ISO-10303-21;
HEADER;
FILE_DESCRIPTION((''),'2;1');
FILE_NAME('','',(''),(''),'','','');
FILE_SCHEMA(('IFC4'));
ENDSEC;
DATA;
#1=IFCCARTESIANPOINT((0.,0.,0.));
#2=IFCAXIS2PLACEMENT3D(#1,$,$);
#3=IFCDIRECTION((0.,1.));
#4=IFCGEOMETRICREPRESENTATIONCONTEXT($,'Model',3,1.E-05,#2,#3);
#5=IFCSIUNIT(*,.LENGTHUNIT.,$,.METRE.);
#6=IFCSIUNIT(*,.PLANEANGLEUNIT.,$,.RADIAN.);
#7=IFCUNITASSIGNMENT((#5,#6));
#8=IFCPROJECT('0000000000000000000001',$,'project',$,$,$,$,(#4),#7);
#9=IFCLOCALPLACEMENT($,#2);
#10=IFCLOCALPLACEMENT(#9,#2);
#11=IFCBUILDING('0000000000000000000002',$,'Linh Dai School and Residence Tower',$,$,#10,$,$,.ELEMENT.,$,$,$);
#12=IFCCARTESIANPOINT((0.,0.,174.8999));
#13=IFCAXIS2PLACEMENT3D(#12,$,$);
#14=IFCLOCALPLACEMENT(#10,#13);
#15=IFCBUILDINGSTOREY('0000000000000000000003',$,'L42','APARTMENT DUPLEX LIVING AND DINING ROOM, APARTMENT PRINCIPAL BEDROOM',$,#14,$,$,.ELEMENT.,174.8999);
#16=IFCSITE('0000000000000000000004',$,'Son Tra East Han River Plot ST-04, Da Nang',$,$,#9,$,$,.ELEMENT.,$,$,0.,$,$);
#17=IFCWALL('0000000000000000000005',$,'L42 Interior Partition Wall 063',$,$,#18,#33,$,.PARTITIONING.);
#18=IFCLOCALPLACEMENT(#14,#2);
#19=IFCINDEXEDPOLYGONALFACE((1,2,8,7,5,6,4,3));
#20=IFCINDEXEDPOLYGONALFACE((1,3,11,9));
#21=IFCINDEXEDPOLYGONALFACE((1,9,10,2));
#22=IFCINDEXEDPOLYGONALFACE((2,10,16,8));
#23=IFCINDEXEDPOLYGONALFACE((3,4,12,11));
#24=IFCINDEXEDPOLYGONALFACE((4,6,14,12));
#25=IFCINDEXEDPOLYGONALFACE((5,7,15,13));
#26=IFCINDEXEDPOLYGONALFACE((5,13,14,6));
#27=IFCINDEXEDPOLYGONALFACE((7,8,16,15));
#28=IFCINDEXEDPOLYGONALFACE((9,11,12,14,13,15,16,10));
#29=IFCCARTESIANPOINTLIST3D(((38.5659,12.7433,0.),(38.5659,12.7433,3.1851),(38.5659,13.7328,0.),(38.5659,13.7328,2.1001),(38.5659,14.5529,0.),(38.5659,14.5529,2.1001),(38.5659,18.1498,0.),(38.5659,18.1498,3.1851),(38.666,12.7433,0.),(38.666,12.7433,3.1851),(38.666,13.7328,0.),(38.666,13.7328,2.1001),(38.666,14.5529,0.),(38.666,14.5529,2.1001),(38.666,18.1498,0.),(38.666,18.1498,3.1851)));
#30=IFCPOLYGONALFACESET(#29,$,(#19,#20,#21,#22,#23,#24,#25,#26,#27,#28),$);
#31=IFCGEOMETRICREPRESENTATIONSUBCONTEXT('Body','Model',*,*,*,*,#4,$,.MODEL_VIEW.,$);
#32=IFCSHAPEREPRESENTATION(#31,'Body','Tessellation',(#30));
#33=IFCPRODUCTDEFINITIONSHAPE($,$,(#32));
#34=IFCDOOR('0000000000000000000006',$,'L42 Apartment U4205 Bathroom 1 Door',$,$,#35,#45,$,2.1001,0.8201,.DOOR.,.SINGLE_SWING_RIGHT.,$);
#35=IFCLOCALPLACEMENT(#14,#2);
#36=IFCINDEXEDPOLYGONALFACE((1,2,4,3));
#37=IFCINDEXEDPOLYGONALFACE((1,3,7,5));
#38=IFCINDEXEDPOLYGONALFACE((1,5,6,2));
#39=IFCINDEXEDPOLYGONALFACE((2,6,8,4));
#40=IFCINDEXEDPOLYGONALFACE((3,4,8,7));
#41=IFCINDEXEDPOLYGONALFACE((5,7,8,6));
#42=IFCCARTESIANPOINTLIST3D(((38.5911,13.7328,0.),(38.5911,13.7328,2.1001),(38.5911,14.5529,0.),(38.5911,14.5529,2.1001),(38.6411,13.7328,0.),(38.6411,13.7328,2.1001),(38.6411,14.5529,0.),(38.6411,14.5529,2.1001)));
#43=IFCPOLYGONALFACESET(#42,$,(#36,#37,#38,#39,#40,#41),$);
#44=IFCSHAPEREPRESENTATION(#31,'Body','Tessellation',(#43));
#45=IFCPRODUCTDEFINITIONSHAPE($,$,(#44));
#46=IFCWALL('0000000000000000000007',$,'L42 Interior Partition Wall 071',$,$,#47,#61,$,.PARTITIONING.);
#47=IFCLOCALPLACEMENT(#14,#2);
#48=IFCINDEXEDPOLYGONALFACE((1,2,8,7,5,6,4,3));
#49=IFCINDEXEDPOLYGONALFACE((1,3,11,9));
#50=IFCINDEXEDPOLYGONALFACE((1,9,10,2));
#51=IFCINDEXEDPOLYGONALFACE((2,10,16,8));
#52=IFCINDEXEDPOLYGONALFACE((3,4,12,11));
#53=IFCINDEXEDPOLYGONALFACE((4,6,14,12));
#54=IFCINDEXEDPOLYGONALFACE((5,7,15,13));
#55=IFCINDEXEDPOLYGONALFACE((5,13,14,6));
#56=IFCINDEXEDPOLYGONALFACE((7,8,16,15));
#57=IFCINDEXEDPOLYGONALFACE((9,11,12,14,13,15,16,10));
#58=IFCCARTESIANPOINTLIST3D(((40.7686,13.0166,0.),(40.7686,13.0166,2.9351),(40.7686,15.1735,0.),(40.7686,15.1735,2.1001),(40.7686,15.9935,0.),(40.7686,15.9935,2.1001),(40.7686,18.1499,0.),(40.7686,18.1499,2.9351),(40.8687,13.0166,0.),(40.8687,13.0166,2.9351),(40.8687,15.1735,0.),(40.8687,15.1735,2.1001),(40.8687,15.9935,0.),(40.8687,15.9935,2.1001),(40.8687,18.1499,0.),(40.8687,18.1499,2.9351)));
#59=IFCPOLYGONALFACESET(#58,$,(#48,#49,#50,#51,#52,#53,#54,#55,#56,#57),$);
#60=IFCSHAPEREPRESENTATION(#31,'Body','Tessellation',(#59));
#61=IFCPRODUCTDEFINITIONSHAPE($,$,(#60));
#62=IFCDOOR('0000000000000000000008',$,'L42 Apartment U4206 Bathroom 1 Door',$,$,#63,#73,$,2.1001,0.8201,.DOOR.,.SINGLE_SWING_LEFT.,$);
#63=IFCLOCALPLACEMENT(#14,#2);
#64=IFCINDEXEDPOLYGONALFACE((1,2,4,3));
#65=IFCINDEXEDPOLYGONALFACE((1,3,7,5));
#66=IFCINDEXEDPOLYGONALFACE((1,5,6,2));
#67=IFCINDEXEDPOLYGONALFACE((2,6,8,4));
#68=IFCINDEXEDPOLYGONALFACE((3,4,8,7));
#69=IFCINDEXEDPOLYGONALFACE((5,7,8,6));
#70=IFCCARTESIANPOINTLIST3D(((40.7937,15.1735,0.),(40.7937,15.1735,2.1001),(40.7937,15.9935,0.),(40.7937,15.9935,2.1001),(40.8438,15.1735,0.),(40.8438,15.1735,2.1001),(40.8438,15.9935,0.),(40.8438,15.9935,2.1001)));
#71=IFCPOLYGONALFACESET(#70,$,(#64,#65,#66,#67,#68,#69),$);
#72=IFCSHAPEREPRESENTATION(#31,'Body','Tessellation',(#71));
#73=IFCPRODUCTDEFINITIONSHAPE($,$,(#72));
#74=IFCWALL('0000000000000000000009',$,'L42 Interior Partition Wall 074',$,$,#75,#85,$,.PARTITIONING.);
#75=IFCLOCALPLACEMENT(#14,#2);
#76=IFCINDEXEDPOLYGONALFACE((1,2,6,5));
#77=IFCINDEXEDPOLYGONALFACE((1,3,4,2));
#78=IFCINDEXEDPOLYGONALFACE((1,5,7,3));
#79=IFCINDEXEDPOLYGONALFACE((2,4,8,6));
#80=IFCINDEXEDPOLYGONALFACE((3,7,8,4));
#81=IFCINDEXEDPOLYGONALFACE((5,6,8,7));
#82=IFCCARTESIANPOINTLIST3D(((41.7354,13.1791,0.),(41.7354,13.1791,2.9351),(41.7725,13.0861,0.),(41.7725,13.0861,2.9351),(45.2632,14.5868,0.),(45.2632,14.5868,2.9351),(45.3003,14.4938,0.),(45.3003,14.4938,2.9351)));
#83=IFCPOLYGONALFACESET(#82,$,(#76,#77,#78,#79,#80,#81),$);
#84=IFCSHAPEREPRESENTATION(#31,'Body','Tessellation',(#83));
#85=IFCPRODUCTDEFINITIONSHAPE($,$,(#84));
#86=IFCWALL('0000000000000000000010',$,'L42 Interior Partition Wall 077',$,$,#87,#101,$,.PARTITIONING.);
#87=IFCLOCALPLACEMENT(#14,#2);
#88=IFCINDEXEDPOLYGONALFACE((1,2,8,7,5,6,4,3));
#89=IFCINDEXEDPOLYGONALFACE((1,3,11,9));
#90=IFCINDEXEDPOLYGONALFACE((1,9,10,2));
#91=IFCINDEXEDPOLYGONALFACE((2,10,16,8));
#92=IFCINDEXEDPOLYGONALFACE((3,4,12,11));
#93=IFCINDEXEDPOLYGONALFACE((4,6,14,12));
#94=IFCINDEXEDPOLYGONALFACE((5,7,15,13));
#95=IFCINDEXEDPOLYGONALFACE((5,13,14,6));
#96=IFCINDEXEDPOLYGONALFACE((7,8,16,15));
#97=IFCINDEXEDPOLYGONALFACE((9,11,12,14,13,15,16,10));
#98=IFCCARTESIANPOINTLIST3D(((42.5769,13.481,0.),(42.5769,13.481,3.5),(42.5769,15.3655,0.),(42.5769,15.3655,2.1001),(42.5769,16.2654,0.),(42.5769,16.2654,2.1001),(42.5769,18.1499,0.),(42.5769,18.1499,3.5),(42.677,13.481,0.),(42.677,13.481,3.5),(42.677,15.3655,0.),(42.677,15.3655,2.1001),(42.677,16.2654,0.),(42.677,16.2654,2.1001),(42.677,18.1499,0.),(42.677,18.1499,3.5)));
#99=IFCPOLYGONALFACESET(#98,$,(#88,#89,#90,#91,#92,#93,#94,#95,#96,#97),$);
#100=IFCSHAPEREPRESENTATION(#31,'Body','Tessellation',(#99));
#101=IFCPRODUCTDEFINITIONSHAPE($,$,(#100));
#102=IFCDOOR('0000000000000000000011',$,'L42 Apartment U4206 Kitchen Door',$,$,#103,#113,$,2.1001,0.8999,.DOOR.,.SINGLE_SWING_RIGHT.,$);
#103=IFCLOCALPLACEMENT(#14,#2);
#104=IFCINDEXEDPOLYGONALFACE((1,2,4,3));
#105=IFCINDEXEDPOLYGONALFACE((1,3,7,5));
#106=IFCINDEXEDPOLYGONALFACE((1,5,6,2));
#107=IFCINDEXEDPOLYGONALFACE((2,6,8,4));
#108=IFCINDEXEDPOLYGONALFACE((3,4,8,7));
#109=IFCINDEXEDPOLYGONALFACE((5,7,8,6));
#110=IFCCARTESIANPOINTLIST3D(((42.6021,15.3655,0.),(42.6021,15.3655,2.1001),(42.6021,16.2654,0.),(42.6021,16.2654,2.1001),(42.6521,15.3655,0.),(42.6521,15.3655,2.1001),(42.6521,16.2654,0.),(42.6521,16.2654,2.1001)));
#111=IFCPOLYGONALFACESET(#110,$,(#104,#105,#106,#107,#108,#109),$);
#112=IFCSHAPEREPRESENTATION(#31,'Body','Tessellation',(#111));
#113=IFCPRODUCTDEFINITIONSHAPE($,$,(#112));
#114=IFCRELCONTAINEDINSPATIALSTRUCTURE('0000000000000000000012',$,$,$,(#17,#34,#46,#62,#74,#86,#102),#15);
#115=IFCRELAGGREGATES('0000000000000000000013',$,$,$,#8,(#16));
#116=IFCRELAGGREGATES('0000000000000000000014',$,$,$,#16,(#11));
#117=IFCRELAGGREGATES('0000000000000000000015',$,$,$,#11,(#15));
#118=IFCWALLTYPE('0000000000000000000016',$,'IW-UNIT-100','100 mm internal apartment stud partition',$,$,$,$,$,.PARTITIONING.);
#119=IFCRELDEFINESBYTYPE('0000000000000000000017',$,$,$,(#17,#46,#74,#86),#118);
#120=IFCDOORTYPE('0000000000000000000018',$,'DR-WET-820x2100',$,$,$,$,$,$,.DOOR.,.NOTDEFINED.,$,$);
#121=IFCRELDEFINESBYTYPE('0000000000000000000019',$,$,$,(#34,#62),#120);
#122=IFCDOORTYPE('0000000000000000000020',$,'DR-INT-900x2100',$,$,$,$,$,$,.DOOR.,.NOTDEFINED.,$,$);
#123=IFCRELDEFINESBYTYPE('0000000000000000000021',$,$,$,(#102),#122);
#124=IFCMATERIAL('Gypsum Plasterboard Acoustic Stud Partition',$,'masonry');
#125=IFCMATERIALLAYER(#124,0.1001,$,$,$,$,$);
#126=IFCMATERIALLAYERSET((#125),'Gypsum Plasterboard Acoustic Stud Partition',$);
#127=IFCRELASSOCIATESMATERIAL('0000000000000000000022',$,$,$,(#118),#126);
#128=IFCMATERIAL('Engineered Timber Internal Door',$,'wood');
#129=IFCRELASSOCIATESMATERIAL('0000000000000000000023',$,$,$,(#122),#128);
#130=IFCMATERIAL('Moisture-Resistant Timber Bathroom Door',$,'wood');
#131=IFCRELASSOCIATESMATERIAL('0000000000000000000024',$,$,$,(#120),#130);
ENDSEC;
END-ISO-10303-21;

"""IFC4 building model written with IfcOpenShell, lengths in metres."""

from ifc_helpers import new_model, si_unit, direction, frame, frame_2d, origin, origin_2d, place, context, subcontext, project, spatial, rectangle, extrude, source, transform, mapped, material, layer, layer_set, type_object, element, fill, save


model = new_model("IFC4")

# Units and contexts
model_context = context("Model", 3, precision=1e-05, world=origin(), true_north=direction((0.0, 1.0)))
body_context = subcontext(model_context, "Body", "Model", "MODEL_VIEW")
ifc_project = project(units=[si_unit("LENGTHUNIT", "METRE"), si_unit("PLANEANGLEUNIT", "RADIAN")], contexts=[model_context])

# Site, building, storey
site_placement = place(None, origin())
site = spatial("IfcSite", under=ifc_project, at=site_placement, Name="Son Tra East Han River Plot ST-04, Da Nang", CompositionType="ELEMENT", RefElevation=0.0)
building_placement = place(site_placement, origin())
building = spatial("IfcBuilding", under=site, at=building_placement, Name="Linh Dai School and Residence Tower", CompositionType="ELEMENT")
storey_placement = place(building_placement, frame((0.0, 0.0, 174.8999)))
storey = spatial("IfcBuildingStorey", under=building, at=storey_placement, Name="L42", Description="APARTMENT DUPLEX LIVING AND DINING ROOM, APARTMENT PRINCIPAL BEDROOM", CompositionType="ELEMENT", Elevation=174.8999)

# Shared definitions
ifc_material_1 = material(Name="Gypsum Plasterboard Acoustic Stud Partition", Category="masonry")
ifc_layer_1 = layer(ifc_material_1, 0.1001)
ifc_layer_set_1 = layer_set([ifc_layer_1], Name="Gypsum Plasterboard Acoustic Stud Partition")
wall_type_1 = type_object("IfcWallType", Name="IW-UNIT-100", Description="100 mm internal apartment stud partition", PredefinedType="PARTITIONING", material=ifc_layer_set_1)

# Walls, openings, doors
ifc_material_2 = material(Name="Engineered Timber Internal Door", Category="wood")
door_type_1 = type_object("IfcDoorType", Name="DR-INT-900x2100", OperationType="NOTDEFINED", PredefinedType="DOOR", material=ifc_material_2)
shared_shape_1 = source(origin(), body_context, "Body", "SweptSolid", [
    extrude(rectangle(XDim=0.8999, YDim=2.1001, at=origin_2d()), frame((0.45, 0.0249, 1.05), z_axis=(0.0, -1.0, 0.0), x_axis=(1.0, 0.0, 0.0)), (0.0, 0.0, 1.0), 0.05),
])
wall_1_placement = place(storey_placement, frame((38.616, 12.7434, 0.0), z_axis=(0.0, 0.0, 1.0), x_axis=(0.0, 1.0, 0.0)))
wall_1 = element("IfcWall", 1, at=wall_1_placement, inside=storey, type_object=wall_type_1, Name="L42 Interior Partition Wall 063", PredefinedType="PARTITIONING", context=body_context, shape_type="SweptSolid", body=[
    extrude(rectangle(XDim=5.4065, YDim=0.1001, at=frame_2d((2.7031, 0.0))), origin(), (0.0, 0.0, 1.0), 3.1851),
])
opening_1_placement = place(wall_1_placement, frame((0.9893, 0.0, 0.0)))
opening_1 = element("IfcOpeningElement", 2, at=opening_1_placement, cuts=wall_1, PredefinedType="OPENING", context=body_context, shape_type="SweptSolid", body=[
    extrude(rectangle(XDim=0.8201, YDim=2.1001, at=origin_2d()), frame((0.4102, 0.0601, 1.05), z_axis=(0.0, -1.0, 0.0), x_axis=(1.0, 0.0, 0.0)), (0.0, 0.0, 1.0), 0.1201),
])
ifc_material_3 = material(Name="Moisture-Resistant Timber Bathroom Door", Category="wood")
door_type_2 = type_object("IfcDoorType", Name="DR-WET-820x2100", OperationType="NOTDEFINED", PredefinedType="DOOR", material=ifc_material_3)
shared_shape_2 = source(origin(), body_context, "Body", "SweptSolid", [
    extrude(rectangle(XDim=0.8201, YDim=2.1001, at=origin_2d()), frame((0.4102, 0.0249, 1.05), z_axis=(0.0, -1.0, 0.0), x_axis=(1.0, 0.0, 0.0)), (0.0, 0.0, 1.0), 0.05),
])
door_1_placement = place(opening_1_placement, origin())
door_1 = element("IfcDoor", 3, at=door_1_placement, inside=storey, type_object=door_type_2, Name="L42 Apartment U4205 Bathroom 1 Door", OperationType="SINGLE_SWING_RIGHT", OverallHeight=2.1001, OverallWidth=0.8201, PredefinedType="DOOR", context=body_context, shape_type="MappedRepresentation", body=[
    mapped(shared_shape_2, transform((0.0, 0.0, 0.0), x_axis=(1.0, 0.0, 0.0), y_axis=(0.0, 1.0, 0.0), z_axis=(0.0, 0.0, 1.0), scale=1.0)),
])
fill(opening_1, door_1)
wall_2_placement = place(storey_placement, frame((40.8186, 13.0166, 0.0), z_axis=(0.0, 0.0, 1.0), x_axis=(0.0, 1.0, 0.0)))
wall_2 = element("IfcWall", 4, at=wall_2_placement, inside=storey, type_object=wall_type_1, Name="L42 Interior Partition Wall 071", PredefinedType="PARTITIONING", context=body_context, shape_type="SweptSolid", body=[
    extrude(rectangle(XDim=5.1333, YDim=0.1001, at=frame_2d((2.5667, 0.0))), origin(), (0.0, 0.0, 1.0), 2.9351),
])
opening_2_placement = place(wall_2_placement, frame((2.1567, 0.0, 0.0)))
opening_2 = element("IfcOpeningElement", 5, at=opening_2_placement, cuts=wall_2, PredefinedType="OPENING", context=body_context, shape_type="SweptSolid", body=[
    extrude(rectangle(XDim=0.8201, YDim=2.1001, at=origin_2d()), frame((0.4102, 0.0601, 1.05), z_axis=(0.0, -1.0, 0.0), x_axis=(1.0, 0.0, 0.0)), (0.0, 0.0, 1.0), 0.1201),
])
door_2_placement = place(opening_2_placement, origin())
door_2 = element("IfcDoor", 6, at=door_2_placement, inside=storey, type_object=door_type_2, Name="L42 Apartment U4206 Bathroom 1 Door", OperationType="SINGLE_SWING_LEFT", OverallHeight=2.1001, OverallWidth=0.8201, PredefinedType="DOOR", context=body_context, shape_type="MappedRepresentation", body=[
    mapped(shared_shape_2, transform((0.0, 0.0, 0.0), x_axis=(1.0, 0.0, 0.0), y_axis=(0.0, 1.0, 0.0), z_axis=(0.0, 0.0, 1.0), scale=1.0)),
])
fill(opening_2, door_2)

# Wall
wall_3_placement = place(storey_placement, frame((41.7539, 13.1326, 0.0), z_axis=(0.0, 0.0, 1.0), x_axis=(0.928787, 0.370615, 0.0)))
element("IfcWall", 7, at=wall_3_placement, inside=storey, type_object=wall_type_1, Name="L42 Interior Partition Wall 074", PredefinedType="PARTITIONING", context=body_context, shape_type="SweptSolid", body=[
    extrude(rectangle(XDim=3.7983, YDim=0.1001, at=frame_2d((1.8992, 0.0))), origin(), (0.0, 0.0, 1.0), 2.9351),
])

# Wall, opening, door
wall_4_placement = place(storey_placement, frame((42.627, 13.481, 0.0), z_axis=(0.0, 0.0, 1.0), x_axis=(0.0, 1.0, 0.0)))
wall_4 = element("IfcWall", 8, at=wall_4_placement, inside=storey, type_object=wall_type_1, Name="L42 Interior Partition Wall 077", PredefinedType="PARTITIONING", context=body_context, shape_type="SweptSolid", body=[
    extrude(rectangle(XDim=4.6689, YDim=0.1001, at=frame_2d((2.3345, 0.0))), origin(), (0.0, 0.0, 1.0), 3.5),
])
opening_3_placement = place(wall_4_placement, frame((1.8845, 0.0, 0.0)))
opening_3 = element("IfcOpeningElement", 9, at=opening_3_placement, cuts=wall_4, PredefinedType="OPENING", context=body_context, shape_type="SweptSolid", body=[
    extrude(rectangle(XDim=0.8999, YDim=2.1001, at=origin_2d()), frame((0.45, 0.0601, 1.05), z_axis=(0.0, -1.0, 0.0), x_axis=(1.0, 0.0, 0.0)), (0.0, 0.0, 1.0), 0.1201),
])
door_3_placement = place(opening_3_placement, origin())
door_3 = element("IfcDoor", 10, at=door_3_placement, inside=storey, type_object=door_type_1, Name="L42 Apartment U4206 Kitchen Door", OperationType="SINGLE_SWING_RIGHT", OverallHeight=2.1001, OverallWidth=0.8999, PredefinedType="DOOR", context=body_context, shape_type="MappedRepresentation", body=[
    mapped(shared_shape_1, transform((0.0, 0.0, 0.0), x_axis=(1.0, 0.0, 0.0), y_axis=(0.0, 1.0, 0.0), z_axis=(0.0, 0.0, 1.0), scale=1.0)),
])
fill(opening_3, door_3)

save(model, "model.ifc")
